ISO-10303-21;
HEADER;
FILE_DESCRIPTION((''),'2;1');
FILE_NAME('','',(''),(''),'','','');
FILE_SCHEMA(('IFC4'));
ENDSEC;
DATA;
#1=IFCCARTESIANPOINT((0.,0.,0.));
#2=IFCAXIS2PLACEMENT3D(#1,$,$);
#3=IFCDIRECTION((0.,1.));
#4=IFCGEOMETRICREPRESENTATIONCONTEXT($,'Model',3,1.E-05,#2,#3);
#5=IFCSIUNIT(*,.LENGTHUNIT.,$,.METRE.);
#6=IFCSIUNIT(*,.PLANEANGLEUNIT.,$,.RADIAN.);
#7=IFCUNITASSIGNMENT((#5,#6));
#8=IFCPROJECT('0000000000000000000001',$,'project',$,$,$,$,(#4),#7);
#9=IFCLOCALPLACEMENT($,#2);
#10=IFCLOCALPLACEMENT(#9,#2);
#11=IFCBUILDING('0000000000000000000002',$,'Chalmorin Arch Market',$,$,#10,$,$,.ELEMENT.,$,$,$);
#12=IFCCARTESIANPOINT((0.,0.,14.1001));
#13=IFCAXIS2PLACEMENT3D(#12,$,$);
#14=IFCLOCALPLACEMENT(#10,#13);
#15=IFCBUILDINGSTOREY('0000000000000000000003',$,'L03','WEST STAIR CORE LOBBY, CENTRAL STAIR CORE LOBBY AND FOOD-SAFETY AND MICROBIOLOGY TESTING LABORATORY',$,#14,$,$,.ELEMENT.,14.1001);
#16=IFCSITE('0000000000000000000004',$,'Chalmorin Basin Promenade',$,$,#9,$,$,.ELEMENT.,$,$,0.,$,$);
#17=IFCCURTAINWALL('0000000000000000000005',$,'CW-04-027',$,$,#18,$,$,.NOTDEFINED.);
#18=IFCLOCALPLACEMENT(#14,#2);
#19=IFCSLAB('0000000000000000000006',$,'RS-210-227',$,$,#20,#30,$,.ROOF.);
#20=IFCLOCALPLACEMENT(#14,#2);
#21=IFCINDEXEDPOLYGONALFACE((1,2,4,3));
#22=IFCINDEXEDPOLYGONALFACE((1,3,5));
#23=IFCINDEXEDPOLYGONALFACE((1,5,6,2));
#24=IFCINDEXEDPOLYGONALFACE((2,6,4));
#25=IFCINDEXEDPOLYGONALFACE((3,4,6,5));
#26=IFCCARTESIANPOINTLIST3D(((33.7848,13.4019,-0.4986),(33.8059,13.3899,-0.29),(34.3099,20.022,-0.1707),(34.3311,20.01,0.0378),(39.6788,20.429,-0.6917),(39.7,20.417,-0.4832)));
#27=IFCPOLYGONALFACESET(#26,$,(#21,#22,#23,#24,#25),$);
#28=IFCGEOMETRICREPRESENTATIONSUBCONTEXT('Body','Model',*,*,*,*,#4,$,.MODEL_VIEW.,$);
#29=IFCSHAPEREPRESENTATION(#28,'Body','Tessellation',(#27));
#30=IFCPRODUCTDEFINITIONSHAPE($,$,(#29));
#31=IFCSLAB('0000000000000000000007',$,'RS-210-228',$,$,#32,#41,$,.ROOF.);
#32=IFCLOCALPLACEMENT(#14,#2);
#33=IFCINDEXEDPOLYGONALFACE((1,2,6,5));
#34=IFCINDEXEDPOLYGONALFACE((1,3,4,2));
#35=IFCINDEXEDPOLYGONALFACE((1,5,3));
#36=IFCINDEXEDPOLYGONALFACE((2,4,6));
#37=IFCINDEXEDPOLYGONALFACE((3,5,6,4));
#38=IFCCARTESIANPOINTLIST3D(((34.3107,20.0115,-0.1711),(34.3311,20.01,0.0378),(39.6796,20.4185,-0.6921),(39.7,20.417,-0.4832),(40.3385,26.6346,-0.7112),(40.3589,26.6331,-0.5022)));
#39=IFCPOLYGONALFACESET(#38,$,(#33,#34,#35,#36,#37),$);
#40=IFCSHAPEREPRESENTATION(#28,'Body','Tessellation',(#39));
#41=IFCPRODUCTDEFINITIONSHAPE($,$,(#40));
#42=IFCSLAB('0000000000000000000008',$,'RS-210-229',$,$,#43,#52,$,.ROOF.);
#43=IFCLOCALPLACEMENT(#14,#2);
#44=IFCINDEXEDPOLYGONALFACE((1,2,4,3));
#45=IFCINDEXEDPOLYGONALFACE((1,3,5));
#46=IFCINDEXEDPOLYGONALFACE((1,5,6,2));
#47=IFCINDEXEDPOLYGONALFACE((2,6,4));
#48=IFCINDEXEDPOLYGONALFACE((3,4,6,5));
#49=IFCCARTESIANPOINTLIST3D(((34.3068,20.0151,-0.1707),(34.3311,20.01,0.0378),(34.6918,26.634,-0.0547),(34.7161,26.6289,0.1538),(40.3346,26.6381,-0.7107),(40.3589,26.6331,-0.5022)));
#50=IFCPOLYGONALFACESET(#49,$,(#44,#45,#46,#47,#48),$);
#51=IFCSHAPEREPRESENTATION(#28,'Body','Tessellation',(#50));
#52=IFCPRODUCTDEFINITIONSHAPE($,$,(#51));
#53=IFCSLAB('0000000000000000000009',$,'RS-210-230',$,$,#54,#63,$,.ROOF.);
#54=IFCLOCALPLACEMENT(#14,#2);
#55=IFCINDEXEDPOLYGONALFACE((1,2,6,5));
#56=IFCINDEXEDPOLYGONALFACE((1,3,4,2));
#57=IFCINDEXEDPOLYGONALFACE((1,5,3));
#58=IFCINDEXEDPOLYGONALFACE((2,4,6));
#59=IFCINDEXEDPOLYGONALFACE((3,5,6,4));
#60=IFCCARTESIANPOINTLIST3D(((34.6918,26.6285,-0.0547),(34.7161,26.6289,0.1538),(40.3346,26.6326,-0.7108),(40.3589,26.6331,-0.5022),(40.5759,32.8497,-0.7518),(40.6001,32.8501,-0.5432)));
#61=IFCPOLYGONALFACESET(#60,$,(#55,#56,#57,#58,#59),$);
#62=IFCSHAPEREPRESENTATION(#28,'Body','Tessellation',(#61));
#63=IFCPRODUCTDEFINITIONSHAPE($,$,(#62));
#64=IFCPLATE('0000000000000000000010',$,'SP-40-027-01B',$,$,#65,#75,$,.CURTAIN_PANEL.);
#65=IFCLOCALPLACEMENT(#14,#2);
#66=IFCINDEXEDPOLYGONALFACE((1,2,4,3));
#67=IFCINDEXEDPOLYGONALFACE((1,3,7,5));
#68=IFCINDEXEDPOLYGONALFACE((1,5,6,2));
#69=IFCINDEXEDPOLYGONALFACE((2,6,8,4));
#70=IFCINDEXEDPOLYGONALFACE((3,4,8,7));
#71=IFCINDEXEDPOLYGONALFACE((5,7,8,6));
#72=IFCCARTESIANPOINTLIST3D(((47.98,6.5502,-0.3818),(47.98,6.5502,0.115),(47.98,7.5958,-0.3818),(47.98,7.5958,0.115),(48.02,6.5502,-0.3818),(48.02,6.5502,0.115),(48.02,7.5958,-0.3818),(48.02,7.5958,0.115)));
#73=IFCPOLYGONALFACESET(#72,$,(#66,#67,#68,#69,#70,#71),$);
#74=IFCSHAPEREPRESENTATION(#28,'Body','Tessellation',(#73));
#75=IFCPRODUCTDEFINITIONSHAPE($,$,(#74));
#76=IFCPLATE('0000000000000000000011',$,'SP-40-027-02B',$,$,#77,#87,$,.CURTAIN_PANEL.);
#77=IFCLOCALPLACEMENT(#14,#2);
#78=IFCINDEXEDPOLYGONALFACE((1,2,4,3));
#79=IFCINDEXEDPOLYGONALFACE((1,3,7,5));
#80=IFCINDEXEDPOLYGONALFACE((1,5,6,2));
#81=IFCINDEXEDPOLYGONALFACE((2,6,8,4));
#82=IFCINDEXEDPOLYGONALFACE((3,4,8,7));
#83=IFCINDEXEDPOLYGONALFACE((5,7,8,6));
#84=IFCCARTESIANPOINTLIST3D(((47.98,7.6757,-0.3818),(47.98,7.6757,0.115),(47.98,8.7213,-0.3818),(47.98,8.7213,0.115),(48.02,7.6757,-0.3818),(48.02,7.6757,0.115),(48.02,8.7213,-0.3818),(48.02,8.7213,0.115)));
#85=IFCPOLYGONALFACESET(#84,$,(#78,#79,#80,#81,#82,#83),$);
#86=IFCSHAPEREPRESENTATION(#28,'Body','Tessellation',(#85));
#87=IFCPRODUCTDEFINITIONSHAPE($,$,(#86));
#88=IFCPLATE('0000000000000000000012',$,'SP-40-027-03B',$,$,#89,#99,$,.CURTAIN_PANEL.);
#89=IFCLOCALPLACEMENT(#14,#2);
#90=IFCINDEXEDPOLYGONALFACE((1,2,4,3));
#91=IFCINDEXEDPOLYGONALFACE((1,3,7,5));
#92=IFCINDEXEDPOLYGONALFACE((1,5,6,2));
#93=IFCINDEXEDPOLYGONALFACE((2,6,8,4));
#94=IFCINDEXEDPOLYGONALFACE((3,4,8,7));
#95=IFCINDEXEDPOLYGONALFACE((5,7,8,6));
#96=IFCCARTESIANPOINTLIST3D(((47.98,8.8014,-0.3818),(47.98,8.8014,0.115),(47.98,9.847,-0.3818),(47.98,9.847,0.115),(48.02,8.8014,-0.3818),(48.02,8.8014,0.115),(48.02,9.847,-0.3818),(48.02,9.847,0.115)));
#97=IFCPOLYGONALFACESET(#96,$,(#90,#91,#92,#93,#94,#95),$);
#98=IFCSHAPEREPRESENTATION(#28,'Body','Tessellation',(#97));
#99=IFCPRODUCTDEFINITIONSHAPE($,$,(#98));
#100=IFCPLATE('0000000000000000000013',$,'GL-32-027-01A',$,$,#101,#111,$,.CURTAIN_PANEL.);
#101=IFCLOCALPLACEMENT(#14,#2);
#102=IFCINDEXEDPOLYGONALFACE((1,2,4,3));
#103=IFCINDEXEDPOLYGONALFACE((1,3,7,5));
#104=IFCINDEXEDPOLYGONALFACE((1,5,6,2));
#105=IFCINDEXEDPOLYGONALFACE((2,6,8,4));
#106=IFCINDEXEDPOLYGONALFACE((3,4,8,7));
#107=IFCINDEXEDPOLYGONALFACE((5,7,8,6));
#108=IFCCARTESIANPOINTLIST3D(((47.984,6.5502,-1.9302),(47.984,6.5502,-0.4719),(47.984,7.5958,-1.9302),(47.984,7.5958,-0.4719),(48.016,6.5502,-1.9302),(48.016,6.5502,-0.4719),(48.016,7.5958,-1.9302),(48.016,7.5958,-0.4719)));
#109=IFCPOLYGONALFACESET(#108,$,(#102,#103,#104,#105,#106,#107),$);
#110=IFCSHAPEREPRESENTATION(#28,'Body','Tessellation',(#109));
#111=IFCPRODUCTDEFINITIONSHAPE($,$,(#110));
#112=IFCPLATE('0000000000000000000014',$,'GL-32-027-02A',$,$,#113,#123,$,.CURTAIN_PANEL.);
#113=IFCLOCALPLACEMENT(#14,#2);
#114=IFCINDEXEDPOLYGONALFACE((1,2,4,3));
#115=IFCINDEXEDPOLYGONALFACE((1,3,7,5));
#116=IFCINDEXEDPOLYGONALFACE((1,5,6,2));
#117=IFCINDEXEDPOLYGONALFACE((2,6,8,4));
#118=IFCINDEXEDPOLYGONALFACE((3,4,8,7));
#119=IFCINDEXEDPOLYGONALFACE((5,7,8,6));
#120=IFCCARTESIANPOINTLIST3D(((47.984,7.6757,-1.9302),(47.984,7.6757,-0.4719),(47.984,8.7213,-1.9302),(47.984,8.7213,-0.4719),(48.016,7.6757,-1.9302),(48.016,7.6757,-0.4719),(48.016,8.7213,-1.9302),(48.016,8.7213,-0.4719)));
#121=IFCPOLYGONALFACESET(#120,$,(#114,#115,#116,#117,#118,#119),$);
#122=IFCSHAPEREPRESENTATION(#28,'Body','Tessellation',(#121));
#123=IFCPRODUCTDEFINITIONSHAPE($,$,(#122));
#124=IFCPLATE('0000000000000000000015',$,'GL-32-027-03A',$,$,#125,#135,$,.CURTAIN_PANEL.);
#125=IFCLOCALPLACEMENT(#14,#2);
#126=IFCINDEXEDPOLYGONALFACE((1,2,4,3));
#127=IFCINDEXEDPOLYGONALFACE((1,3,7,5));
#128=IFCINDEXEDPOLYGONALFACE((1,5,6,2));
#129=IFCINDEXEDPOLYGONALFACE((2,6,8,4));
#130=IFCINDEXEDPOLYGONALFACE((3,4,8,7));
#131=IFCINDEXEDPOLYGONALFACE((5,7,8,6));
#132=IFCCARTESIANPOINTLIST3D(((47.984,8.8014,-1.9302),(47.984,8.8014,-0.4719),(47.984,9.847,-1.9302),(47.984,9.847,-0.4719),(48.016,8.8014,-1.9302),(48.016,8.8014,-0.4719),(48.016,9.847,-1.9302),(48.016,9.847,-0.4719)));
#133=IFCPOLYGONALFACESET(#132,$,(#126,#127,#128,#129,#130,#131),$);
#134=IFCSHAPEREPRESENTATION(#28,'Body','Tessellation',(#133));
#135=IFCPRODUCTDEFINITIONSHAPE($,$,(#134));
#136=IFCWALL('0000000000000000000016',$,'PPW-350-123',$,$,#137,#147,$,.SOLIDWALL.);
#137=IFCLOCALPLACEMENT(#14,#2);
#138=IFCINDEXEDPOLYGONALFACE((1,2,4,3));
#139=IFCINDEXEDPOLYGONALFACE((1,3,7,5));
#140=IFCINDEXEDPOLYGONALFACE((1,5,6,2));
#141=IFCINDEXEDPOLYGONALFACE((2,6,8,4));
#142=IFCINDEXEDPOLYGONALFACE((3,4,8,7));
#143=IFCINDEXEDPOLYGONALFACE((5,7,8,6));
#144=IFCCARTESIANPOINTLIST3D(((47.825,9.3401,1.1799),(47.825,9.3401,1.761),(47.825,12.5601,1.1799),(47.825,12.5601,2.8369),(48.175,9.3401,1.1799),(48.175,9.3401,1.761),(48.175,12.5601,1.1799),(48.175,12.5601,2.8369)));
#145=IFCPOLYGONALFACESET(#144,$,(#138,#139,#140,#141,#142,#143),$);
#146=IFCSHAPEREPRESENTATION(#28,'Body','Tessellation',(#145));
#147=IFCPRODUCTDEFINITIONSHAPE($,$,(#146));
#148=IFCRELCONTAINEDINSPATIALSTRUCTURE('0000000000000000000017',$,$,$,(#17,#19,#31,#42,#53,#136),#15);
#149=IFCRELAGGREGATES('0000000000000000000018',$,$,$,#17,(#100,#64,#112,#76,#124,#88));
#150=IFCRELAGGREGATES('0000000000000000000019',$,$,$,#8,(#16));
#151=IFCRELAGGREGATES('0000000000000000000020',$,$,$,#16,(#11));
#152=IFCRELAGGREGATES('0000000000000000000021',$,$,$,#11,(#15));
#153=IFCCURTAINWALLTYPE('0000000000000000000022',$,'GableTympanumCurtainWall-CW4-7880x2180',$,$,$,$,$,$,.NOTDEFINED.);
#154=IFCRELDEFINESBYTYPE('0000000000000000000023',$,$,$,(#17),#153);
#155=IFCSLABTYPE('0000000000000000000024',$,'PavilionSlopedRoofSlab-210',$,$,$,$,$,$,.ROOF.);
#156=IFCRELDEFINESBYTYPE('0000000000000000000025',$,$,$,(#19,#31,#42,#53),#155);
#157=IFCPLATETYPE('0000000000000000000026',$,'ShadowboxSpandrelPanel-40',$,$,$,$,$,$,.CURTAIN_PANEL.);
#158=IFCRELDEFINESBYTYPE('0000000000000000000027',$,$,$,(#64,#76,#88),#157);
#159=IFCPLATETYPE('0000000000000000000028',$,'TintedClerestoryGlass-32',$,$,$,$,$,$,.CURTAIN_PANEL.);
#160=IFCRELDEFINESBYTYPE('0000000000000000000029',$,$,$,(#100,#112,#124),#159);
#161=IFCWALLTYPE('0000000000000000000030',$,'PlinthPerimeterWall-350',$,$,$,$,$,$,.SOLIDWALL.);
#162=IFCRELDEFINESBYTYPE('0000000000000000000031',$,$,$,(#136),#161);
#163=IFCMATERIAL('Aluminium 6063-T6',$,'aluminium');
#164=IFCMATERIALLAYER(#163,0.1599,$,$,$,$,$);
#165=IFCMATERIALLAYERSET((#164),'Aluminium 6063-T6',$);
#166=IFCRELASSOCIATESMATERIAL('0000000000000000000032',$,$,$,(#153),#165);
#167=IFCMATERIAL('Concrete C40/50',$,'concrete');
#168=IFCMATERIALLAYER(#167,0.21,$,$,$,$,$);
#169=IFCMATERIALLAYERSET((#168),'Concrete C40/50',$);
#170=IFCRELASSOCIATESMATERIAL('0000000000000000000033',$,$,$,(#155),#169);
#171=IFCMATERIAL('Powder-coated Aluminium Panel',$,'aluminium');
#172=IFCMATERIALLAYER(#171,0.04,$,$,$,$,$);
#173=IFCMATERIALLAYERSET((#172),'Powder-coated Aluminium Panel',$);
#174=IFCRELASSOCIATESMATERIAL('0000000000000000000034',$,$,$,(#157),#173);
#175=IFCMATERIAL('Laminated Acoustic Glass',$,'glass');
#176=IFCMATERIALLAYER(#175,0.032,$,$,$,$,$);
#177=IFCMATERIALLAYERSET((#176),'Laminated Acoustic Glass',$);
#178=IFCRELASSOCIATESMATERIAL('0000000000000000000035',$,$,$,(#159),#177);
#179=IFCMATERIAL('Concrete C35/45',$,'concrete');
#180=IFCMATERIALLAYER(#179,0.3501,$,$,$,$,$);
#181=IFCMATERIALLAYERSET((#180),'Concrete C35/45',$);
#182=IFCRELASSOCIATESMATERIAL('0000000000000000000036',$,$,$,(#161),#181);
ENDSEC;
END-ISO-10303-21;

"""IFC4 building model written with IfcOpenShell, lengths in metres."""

from ifc_helpers import new_model, si_unit, direction, frame, origin, origin_2d, place, context, subcontext, project, spatial, polyline, rectangle, outline, extrude, material, layer, layer_set, type_object, element, aggregate, save


model = new_model("IFC4")

# Units and contexts
model_context = context("Model", 3, precision=1e-05, world=origin(), true_north=direction((0.0, 1.0)))
body_context = subcontext(model_context, "Body", "Model", "MODEL_VIEW")
ifc_project = project(units=[si_unit("LENGTHUNIT", "METRE"), si_unit("PLANEANGLEUNIT", "RADIAN")], contexts=[model_context])

# Site, building, storey
site_placement = place(None, origin())
site = spatial("IfcSite", under=ifc_project, at=site_placement, Name="Chalmorin Basin Promenade", CompositionType="ELEMENT", RefElevation=0.0)
building_placement = place(site_placement, origin())
building = spatial("IfcBuilding", under=site, at=building_placement, Name="Chalmorin Arch Market", CompositionType="ELEMENT")
storey_placement = place(building_placement, frame((0.0, 0.0, 14.1001)))
storey = spatial("IfcBuildingStorey", under=building, at=storey_placement, Name="L03", Description="WEST STAIR CORE LOBBY, CENTRAL STAIR CORE LOBBY AND FOOD-SAFETY AND MICROBIOLOGY TESTING LABORATORY", CompositionType="ELEMENT", Elevation=14.1001)

# Curtain wall
ifc_material_1 = material(Name="Aluminium 6063-T6", Category="aluminium")
ifc_layer_1 = layer(ifc_material_1, 0.1599)
ifc_layer_set_1 = layer_set([ifc_layer_1], Name="Aluminium 6063-T6")
curtain_wall_type = type_object("IfcCurtainWallType", Name="GableTympanumCurtainWall-CW4-7880x2180", PredefinedType="NOTDEFINED", material=ifc_layer_set_1)
curtain_wall_placement = place(storey_placement, origin())
curtain_wall = element("IfcCurtainWall", 1, at=curtain_wall_placement, inside=storey, type_object=curtain_wall_type, Name="CW-04-027", PredefinedType="NOTDEFINED")

# Slabs
ifc_material_2 = material(Name="Concrete C40/50", Category="concrete")
ifc_layer_2 = layer(ifc_material_2, 0.21)
ifc_layer_set_2 = layer_set([ifc_layer_2], Name="Concrete C40/50")
slab_type = type_object("IfcSlabType", Name="PavilionSlopedRoofSlab-210", PredefinedType="ROOF", material=ifc_layer_set_2)
slab_1_placement = place(storey_placement, frame((33.8059, 13.3899, -0.29), z_axis=(0.100721, -0.057184, 0.99327), x_axis=(0.642492, 0.766003, -0.021051)))
element("IfcSlab", 2, at=slab_1_placement, inside=storey, type_object=slab_type, Name="RS-210-227", PredefinedType="ROOF", context=body_context, shape_type="SweptSolid", body=[
    extrude(outline(polyline([(0.0, 0.0), (9.1737, 0.0), (5.4015, 3.8772), (0.0, 0.0)])), origin(), (0.0, 0.0, -1.0), 0.21),
])
slab_2_placement = place(storey_placement, frame((34.3311, 20.01, 0.0378), z_axis=(0.097128, -0.007247, 0.995246), x_axis=(0.992504, 0.075235, -0.096312)))
element("IfcSlab", 3, at=slab_2_placement, inside=storey, type_object=slab_type, Name="RS-210-228", PredefinedType="ROOF", context=body_context, shape_type="SweptSolid", body=[
    extrude(outline(polyline([(0.0, 0.0), (5.4094, 0.0), (6.5329, 6.1491), (0.0, 0.0)])), origin(), (0.0, 0.0, -1.0), 0.21),
])
slab_3_placement = place(storey_placement, frame((34.3311, 20.01, 0.0378), z_axis=(0.115461, -0.024114, 0.993019), x_axis=(0.671873, 0.738217, -0.060194)))
element("IfcSlab", 4, at=slab_3_placement, inside=storey, type_object=slab_type, Name="RS-210-229", PredefinedType="ROOF", context=body_context, shape_type="SweptSolid", body=[
    extrude(outline(polyline([(0.0, 0.0), (8.9717, 0.0), (5.1379, 4.1921), (0.0, 0.0)])), origin(), (0.0, 0.0, -1.0), 0.21),
])
slab_4_placement = place(storey_placement, frame((34.7161, 26.6289, 0.1538), z_axis=(0.115475, 0.002073, 0.993308), x_axis=(0.99331, 0.000731, -0.115477)))
element("IfcSlab", 5, at=slab_4_placement, inside=storey, type_object=slab_type, Name="RS-210-230", PredefinedType="ROOF", context=body_context, shape_type="SweptSolid", body=[
    extrude(outline(polyline([(0.0, 0.0), (5.6808, 0.0), (5.9297, 6.2169), (0.0, 0.0)])), origin(), (0.0, 0.0, -1.0), 0.21),
])

# Plates
ifc_material_3 = material(Name="Powder-coated Aluminium Panel", Category="aluminium")
ifc_layer_3 = layer(ifc_material_3, 0.04)
ifc_layer_set_3 = layer_set([ifc_layer_3], Name="Powder-coated Aluminium Panel")
plate_type_1 = type_object("IfcPlateType", Name="ShadowboxSpandrelPanel-40", PredefinedType="CURTAIN_PANEL", material=ifc_layer_set_3)
plate_1_placement = place(storey_placement, frame((48.0, 7.073, -0.3818), z_axis=(0.0, 0.0, 1.0), x_axis=(0.0, 1.0, 0.0)))
plate_1 = element("IfcPlate", 6, at=plate_1_placement, type_object=plate_type_1, Name="SP-40-027-01B", PredefinedType="CURTAIN_PANEL", context=body_context, shape_type="SweptSolid", body=[
    extrude(rectangle(XDim=1.0457, YDim=0.04, at=origin_2d()), origin(), (0.0, 0.0, 1.0), 0.4968),
])
plate_2_placement = place(storey_placement, frame((48.0, 8.1985, -0.3818), z_axis=(0.0, 0.0, 1.0), x_axis=(0.0, 1.0, 0.0)))
plate_2 = element("IfcPlate", 7, at=plate_2_placement, type_object=plate_type_1, Name="SP-40-027-02B", PredefinedType="CURTAIN_PANEL", context=body_context, shape_type="SweptSolid", body=[
    extrude(rectangle(XDim=1.0457, YDim=0.04, at=origin_2d()), origin(), (0.0, 0.0, 1.0), 0.4968),
])
plate_3_placement = place(storey_placement, frame((48.0, 9.3242, -0.3818), z_axis=(0.0, 0.0, 1.0), x_axis=(0.0, 1.0, 0.0)))
plate_3 = element("IfcPlate", 8, at=plate_3_placement, type_object=plate_type_1, Name="SP-40-027-03B", PredefinedType="CURTAIN_PANEL", context=body_context, shape_type="SweptSolid", body=[
    extrude(rectangle(XDim=1.0457, YDim=0.04, at=origin_2d()), origin(), (0.0, 0.0, 1.0), 0.4968),
])
ifc_material_4 = material(Name="Laminated Acoustic Glass", Category="glass")
ifc_layer_4 = layer(ifc_material_4, 0.032)
ifc_layer_set_4 = layer_set([ifc_layer_4], Name="Laminated Acoustic Glass")
plate_type_2 = type_object("IfcPlateType", Name="TintedClerestoryGlass-32", PredefinedType="CURTAIN_PANEL", material=ifc_layer_set_4)
plate_4_placement = place(storey_placement, frame((48.0, 7.073, -1.9302), z_axis=(0.0, 0.0, 1.0), x_axis=(0.0, 1.0, 0.0)))
plate_4 = element("IfcPlate", 9, at=plate_4_placement, type_object=plate_type_2, Name="GL-32-027-01A", PredefinedType="CURTAIN_PANEL", context=body_context, shape_type="SweptSolid", body=[
    extrude(rectangle(XDim=1.0457, YDim=0.032, at=origin_2d()), origin(), (0.0, 0.0, 1.0), 1.4583),
])
plate_5_placement = place(storey_placement, frame((48.0, 8.1985, -1.9302), z_axis=(0.0, 0.0, 1.0), x_axis=(0.0, 1.0, 0.0)))
plate_5 = element("IfcPlate", 10, at=plate_5_placement, type_object=plate_type_2, Name="GL-32-027-02A", PredefinedType="CURTAIN_PANEL", context=body_context, shape_type="SweptSolid", body=[
    extrude(rectangle(XDim=1.0457, YDim=0.032, at=origin_2d()), origin(), (0.0, 0.0, 1.0), 1.4583),
])
plate_6_placement = place(storey_placement, frame((48.0, 9.3242, -1.9302), z_axis=(0.0, 0.0, 1.0), x_axis=(0.0, 1.0, 0.0)))
plate_6 = element("IfcPlate", 11, at=plate_6_placement, type_object=plate_type_2, Name="GL-32-027-03A", PredefinedType="CURTAIN_PANEL", context=body_context, shape_type="SweptSolid", body=[
    extrude(rectangle(XDim=1.0457, YDim=0.032, at=origin_2d()), origin(), (0.0, 0.0, 1.0), 1.4583),
])
aggregate(curtain_wall, [plate_4, plate_1, plate_5, plate_2, plate_6, plate_3])

# Wall
ifc_material_5 = material(Name="Concrete C35/45", Category="concrete")
ifc_layer_5 = layer(ifc_material_5, 0.3501)
ifc_layer_set_5 = layer_set([ifc_layer_5], Name="Concrete C35/45")
wall_type = type_object("IfcWallType", Name="PlinthPerimeterWall-350", PredefinedType="SOLIDWALL", material=ifc_layer_set_5)
wall_placement = place(storey_placement, frame((48.0, 9.3401, 1.1799), z_axis=(0.0, 0.0, 1.0), x_axis=(0.0, 1.0, 0.0)))
element("IfcWall", 12, at=wall_placement, inside=storey, type_object=wall_type, Name="PPW-350-123", PredefinedType="SOLIDWALL", context=body_context, shape_type="SweptSolid", body=[
    extrude(outline(polyline([(0.0, 0.0), (3.22, 0.0), (3.22, 1.657), (0.0, 0.5811), (0.0, 0.0)])), frame((0.0, 0.175, 0.0), z_axis=(0.0, -1.0, 0.0), x_axis=(1.0, 0.0, 0.0)), (0.0, 0.0, 1.0), 0.3501),
])

save(model, "model.ifc")
